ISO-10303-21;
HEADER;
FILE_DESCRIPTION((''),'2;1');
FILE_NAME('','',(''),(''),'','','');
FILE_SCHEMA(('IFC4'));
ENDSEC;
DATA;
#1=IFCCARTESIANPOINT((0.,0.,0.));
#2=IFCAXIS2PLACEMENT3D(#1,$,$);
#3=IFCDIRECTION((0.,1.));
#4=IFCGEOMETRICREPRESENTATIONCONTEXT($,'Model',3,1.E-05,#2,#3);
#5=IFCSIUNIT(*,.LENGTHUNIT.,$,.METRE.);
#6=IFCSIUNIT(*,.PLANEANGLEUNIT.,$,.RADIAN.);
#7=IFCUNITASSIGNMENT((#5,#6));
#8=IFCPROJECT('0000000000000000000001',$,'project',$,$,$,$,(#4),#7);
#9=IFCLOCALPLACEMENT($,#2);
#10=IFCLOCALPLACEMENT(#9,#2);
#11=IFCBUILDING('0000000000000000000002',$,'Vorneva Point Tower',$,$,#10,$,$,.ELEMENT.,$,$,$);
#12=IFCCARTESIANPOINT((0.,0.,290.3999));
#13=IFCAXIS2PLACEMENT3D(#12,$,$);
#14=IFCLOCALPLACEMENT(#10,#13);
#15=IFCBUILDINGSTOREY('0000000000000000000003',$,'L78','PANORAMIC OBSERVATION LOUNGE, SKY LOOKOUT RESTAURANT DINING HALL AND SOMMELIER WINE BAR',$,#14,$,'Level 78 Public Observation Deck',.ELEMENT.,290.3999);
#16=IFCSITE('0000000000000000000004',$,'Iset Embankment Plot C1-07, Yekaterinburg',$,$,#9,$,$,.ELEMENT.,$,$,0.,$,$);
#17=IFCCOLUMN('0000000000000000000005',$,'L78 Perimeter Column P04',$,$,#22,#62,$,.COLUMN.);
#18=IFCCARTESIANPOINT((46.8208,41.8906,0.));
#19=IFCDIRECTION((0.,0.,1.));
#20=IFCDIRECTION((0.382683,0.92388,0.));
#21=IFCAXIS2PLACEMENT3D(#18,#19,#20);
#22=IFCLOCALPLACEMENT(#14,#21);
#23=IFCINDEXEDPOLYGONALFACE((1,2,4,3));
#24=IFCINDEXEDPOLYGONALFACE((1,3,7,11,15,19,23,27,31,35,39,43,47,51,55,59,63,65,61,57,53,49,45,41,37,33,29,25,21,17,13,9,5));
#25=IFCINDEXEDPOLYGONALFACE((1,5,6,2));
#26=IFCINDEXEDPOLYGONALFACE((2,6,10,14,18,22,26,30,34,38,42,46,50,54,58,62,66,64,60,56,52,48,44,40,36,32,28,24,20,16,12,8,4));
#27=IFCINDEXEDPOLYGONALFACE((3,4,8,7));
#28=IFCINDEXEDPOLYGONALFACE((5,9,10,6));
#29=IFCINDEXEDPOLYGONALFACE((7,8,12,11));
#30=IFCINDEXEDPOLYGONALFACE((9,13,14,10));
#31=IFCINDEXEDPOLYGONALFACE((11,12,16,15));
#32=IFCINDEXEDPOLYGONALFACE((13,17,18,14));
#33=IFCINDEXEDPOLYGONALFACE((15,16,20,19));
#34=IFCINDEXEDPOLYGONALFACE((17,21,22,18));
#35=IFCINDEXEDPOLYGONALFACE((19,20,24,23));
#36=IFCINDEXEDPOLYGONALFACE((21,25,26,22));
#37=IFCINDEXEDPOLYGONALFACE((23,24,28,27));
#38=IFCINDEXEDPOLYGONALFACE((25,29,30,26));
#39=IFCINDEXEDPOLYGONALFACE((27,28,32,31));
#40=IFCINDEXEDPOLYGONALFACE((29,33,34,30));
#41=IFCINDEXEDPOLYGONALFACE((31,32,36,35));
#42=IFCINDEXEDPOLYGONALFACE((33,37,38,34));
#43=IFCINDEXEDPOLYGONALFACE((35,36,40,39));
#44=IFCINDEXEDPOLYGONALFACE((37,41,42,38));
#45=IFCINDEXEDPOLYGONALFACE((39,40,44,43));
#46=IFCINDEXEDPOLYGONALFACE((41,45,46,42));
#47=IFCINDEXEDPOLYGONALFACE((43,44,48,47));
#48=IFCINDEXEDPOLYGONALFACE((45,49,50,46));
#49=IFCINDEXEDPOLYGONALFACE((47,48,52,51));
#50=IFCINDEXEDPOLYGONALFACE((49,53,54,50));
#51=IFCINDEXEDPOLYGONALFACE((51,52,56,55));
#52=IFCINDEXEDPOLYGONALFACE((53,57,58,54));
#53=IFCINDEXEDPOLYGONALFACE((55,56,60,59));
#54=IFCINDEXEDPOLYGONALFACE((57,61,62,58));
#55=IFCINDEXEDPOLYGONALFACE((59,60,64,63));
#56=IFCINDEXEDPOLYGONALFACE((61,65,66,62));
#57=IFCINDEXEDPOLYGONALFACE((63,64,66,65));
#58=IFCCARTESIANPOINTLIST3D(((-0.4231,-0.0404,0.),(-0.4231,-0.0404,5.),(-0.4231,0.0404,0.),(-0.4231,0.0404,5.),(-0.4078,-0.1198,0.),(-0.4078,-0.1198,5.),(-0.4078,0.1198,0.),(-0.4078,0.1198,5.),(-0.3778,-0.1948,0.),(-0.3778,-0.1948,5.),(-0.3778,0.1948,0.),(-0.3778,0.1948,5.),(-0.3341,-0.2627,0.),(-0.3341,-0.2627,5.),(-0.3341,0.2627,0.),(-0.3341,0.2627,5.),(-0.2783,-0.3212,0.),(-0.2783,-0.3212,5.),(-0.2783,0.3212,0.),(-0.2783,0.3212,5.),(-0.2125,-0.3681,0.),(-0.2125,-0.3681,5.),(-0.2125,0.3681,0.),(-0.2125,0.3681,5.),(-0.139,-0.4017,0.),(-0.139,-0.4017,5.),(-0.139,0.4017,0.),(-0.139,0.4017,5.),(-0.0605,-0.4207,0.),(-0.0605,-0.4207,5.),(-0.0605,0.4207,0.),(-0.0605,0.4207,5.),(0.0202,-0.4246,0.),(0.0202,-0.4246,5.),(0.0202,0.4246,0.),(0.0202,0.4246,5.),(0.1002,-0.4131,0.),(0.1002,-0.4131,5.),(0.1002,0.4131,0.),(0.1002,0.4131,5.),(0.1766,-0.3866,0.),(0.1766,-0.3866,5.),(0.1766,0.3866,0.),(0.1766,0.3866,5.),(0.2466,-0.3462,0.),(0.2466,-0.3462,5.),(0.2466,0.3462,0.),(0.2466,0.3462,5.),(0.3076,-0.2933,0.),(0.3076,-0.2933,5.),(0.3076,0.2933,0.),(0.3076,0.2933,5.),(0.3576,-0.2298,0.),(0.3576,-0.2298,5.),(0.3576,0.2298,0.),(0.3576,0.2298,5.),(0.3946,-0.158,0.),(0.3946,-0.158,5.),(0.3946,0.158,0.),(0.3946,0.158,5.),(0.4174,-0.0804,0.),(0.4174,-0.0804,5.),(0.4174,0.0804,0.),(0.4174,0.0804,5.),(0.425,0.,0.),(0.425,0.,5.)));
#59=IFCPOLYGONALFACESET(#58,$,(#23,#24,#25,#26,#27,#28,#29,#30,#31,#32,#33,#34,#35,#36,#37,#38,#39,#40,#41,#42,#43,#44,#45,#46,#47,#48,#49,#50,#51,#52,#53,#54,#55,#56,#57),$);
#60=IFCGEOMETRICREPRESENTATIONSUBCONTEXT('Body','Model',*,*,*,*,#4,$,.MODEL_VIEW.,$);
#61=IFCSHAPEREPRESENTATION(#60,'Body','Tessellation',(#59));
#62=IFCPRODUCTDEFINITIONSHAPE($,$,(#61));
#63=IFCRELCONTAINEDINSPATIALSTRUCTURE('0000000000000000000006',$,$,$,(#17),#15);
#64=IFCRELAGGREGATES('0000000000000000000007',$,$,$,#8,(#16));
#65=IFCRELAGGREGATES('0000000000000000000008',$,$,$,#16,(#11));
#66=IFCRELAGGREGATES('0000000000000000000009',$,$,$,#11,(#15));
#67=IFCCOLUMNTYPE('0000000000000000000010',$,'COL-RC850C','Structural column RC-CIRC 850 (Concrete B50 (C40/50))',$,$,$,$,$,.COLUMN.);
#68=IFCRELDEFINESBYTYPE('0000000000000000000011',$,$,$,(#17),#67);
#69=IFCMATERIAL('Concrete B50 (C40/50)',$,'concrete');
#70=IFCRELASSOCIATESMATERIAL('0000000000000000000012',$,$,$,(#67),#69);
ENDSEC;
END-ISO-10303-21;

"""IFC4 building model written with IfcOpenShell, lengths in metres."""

from ifc_helpers import new_model, si_unit, direction, frame, origin, origin_2d, place, context, subcontext, project, spatial, circle, extrude, material, material_profile, profile_set, type_object, element, save


model = new_model("IFC4")

# Units and contexts
model_context = context("Model", 3, precision=1e-05, world=origin(), true_north=direction((0.0, 1.0)))
body_context = subcontext(model_context, "Body", "Model", "MODEL_VIEW")
ifc_project = project(units=[si_unit("LENGTHUNIT", "METRE"), si_unit("PLANEANGLEUNIT", "RADIAN")], contexts=[model_context])

# Site, building, storey
site_placement = place(None, origin())
site = spatial("IfcSite", under=ifc_project, at=site_placement, Name="Iset Embankment Plot C1-07, Yekaterinburg", CompositionType="ELEMENT", RefElevation=0.0)
building_placement = place(site_placement, origin())
building = spatial("IfcBuilding", under=site, at=building_placement, Name="Vorneva Point Tower", CompositionType="ELEMENT")
storey_placement = place(building_placement, frame((0.0, 0.0, 290.3999)))
storey = spatial("IfcBuildingStorey", under=building, at=storey_placement, Name="L78", Description="PANORAMIC OBSERVATION LOUNGE, SKY LOOKOUT RESTAURANT DINING HALL AND SOMMELIER WINE BAR", LongName="Level 78 Public Observation Deck", CompositionType="ELEMENT", Elevation=290.3999)

# Column
ifc_material_1 = material(Name="Concrete B50 (C40/50)", Category="concrete")
ifc_material_profile_1 = material_profile(ifc_material_1, circle(Radius=0.425, at=origin_2d()), Name="RC-CIRC 850")
ifc_profile_set_1 = profile_set([ifc_material_profile_1], Name="Concrete B50 (C40/50)")
column_type = type_object("IfcColumnType", Name="COL-RC850C", Description="Structural column RC-CIRC 850 (Concrete B50 (C40/50))", PredefinedType="COLUMN", material=ifc_profile_set_1)
column_placement = place(storey_placement, frame((46.8208, 41.8906, 0.0), z_axis=(0.0, 0.0, 1.0), x_axis=(0.382683, 0.92388, 0.0)))
element("IfcColumn", 1, at=column_placement, inside=storey, type_object=column_type, Name="L78 Perimeter Column P04", PredefinedType="COLUMN", context=body_context, shape_type="SweptSolid", body=[
    extrude(circle(Radius=0.425, at=origin_2d()), origin(), (0.0, 0.0, 1.0), 5.0),
])

save(model, "model.ifc")
